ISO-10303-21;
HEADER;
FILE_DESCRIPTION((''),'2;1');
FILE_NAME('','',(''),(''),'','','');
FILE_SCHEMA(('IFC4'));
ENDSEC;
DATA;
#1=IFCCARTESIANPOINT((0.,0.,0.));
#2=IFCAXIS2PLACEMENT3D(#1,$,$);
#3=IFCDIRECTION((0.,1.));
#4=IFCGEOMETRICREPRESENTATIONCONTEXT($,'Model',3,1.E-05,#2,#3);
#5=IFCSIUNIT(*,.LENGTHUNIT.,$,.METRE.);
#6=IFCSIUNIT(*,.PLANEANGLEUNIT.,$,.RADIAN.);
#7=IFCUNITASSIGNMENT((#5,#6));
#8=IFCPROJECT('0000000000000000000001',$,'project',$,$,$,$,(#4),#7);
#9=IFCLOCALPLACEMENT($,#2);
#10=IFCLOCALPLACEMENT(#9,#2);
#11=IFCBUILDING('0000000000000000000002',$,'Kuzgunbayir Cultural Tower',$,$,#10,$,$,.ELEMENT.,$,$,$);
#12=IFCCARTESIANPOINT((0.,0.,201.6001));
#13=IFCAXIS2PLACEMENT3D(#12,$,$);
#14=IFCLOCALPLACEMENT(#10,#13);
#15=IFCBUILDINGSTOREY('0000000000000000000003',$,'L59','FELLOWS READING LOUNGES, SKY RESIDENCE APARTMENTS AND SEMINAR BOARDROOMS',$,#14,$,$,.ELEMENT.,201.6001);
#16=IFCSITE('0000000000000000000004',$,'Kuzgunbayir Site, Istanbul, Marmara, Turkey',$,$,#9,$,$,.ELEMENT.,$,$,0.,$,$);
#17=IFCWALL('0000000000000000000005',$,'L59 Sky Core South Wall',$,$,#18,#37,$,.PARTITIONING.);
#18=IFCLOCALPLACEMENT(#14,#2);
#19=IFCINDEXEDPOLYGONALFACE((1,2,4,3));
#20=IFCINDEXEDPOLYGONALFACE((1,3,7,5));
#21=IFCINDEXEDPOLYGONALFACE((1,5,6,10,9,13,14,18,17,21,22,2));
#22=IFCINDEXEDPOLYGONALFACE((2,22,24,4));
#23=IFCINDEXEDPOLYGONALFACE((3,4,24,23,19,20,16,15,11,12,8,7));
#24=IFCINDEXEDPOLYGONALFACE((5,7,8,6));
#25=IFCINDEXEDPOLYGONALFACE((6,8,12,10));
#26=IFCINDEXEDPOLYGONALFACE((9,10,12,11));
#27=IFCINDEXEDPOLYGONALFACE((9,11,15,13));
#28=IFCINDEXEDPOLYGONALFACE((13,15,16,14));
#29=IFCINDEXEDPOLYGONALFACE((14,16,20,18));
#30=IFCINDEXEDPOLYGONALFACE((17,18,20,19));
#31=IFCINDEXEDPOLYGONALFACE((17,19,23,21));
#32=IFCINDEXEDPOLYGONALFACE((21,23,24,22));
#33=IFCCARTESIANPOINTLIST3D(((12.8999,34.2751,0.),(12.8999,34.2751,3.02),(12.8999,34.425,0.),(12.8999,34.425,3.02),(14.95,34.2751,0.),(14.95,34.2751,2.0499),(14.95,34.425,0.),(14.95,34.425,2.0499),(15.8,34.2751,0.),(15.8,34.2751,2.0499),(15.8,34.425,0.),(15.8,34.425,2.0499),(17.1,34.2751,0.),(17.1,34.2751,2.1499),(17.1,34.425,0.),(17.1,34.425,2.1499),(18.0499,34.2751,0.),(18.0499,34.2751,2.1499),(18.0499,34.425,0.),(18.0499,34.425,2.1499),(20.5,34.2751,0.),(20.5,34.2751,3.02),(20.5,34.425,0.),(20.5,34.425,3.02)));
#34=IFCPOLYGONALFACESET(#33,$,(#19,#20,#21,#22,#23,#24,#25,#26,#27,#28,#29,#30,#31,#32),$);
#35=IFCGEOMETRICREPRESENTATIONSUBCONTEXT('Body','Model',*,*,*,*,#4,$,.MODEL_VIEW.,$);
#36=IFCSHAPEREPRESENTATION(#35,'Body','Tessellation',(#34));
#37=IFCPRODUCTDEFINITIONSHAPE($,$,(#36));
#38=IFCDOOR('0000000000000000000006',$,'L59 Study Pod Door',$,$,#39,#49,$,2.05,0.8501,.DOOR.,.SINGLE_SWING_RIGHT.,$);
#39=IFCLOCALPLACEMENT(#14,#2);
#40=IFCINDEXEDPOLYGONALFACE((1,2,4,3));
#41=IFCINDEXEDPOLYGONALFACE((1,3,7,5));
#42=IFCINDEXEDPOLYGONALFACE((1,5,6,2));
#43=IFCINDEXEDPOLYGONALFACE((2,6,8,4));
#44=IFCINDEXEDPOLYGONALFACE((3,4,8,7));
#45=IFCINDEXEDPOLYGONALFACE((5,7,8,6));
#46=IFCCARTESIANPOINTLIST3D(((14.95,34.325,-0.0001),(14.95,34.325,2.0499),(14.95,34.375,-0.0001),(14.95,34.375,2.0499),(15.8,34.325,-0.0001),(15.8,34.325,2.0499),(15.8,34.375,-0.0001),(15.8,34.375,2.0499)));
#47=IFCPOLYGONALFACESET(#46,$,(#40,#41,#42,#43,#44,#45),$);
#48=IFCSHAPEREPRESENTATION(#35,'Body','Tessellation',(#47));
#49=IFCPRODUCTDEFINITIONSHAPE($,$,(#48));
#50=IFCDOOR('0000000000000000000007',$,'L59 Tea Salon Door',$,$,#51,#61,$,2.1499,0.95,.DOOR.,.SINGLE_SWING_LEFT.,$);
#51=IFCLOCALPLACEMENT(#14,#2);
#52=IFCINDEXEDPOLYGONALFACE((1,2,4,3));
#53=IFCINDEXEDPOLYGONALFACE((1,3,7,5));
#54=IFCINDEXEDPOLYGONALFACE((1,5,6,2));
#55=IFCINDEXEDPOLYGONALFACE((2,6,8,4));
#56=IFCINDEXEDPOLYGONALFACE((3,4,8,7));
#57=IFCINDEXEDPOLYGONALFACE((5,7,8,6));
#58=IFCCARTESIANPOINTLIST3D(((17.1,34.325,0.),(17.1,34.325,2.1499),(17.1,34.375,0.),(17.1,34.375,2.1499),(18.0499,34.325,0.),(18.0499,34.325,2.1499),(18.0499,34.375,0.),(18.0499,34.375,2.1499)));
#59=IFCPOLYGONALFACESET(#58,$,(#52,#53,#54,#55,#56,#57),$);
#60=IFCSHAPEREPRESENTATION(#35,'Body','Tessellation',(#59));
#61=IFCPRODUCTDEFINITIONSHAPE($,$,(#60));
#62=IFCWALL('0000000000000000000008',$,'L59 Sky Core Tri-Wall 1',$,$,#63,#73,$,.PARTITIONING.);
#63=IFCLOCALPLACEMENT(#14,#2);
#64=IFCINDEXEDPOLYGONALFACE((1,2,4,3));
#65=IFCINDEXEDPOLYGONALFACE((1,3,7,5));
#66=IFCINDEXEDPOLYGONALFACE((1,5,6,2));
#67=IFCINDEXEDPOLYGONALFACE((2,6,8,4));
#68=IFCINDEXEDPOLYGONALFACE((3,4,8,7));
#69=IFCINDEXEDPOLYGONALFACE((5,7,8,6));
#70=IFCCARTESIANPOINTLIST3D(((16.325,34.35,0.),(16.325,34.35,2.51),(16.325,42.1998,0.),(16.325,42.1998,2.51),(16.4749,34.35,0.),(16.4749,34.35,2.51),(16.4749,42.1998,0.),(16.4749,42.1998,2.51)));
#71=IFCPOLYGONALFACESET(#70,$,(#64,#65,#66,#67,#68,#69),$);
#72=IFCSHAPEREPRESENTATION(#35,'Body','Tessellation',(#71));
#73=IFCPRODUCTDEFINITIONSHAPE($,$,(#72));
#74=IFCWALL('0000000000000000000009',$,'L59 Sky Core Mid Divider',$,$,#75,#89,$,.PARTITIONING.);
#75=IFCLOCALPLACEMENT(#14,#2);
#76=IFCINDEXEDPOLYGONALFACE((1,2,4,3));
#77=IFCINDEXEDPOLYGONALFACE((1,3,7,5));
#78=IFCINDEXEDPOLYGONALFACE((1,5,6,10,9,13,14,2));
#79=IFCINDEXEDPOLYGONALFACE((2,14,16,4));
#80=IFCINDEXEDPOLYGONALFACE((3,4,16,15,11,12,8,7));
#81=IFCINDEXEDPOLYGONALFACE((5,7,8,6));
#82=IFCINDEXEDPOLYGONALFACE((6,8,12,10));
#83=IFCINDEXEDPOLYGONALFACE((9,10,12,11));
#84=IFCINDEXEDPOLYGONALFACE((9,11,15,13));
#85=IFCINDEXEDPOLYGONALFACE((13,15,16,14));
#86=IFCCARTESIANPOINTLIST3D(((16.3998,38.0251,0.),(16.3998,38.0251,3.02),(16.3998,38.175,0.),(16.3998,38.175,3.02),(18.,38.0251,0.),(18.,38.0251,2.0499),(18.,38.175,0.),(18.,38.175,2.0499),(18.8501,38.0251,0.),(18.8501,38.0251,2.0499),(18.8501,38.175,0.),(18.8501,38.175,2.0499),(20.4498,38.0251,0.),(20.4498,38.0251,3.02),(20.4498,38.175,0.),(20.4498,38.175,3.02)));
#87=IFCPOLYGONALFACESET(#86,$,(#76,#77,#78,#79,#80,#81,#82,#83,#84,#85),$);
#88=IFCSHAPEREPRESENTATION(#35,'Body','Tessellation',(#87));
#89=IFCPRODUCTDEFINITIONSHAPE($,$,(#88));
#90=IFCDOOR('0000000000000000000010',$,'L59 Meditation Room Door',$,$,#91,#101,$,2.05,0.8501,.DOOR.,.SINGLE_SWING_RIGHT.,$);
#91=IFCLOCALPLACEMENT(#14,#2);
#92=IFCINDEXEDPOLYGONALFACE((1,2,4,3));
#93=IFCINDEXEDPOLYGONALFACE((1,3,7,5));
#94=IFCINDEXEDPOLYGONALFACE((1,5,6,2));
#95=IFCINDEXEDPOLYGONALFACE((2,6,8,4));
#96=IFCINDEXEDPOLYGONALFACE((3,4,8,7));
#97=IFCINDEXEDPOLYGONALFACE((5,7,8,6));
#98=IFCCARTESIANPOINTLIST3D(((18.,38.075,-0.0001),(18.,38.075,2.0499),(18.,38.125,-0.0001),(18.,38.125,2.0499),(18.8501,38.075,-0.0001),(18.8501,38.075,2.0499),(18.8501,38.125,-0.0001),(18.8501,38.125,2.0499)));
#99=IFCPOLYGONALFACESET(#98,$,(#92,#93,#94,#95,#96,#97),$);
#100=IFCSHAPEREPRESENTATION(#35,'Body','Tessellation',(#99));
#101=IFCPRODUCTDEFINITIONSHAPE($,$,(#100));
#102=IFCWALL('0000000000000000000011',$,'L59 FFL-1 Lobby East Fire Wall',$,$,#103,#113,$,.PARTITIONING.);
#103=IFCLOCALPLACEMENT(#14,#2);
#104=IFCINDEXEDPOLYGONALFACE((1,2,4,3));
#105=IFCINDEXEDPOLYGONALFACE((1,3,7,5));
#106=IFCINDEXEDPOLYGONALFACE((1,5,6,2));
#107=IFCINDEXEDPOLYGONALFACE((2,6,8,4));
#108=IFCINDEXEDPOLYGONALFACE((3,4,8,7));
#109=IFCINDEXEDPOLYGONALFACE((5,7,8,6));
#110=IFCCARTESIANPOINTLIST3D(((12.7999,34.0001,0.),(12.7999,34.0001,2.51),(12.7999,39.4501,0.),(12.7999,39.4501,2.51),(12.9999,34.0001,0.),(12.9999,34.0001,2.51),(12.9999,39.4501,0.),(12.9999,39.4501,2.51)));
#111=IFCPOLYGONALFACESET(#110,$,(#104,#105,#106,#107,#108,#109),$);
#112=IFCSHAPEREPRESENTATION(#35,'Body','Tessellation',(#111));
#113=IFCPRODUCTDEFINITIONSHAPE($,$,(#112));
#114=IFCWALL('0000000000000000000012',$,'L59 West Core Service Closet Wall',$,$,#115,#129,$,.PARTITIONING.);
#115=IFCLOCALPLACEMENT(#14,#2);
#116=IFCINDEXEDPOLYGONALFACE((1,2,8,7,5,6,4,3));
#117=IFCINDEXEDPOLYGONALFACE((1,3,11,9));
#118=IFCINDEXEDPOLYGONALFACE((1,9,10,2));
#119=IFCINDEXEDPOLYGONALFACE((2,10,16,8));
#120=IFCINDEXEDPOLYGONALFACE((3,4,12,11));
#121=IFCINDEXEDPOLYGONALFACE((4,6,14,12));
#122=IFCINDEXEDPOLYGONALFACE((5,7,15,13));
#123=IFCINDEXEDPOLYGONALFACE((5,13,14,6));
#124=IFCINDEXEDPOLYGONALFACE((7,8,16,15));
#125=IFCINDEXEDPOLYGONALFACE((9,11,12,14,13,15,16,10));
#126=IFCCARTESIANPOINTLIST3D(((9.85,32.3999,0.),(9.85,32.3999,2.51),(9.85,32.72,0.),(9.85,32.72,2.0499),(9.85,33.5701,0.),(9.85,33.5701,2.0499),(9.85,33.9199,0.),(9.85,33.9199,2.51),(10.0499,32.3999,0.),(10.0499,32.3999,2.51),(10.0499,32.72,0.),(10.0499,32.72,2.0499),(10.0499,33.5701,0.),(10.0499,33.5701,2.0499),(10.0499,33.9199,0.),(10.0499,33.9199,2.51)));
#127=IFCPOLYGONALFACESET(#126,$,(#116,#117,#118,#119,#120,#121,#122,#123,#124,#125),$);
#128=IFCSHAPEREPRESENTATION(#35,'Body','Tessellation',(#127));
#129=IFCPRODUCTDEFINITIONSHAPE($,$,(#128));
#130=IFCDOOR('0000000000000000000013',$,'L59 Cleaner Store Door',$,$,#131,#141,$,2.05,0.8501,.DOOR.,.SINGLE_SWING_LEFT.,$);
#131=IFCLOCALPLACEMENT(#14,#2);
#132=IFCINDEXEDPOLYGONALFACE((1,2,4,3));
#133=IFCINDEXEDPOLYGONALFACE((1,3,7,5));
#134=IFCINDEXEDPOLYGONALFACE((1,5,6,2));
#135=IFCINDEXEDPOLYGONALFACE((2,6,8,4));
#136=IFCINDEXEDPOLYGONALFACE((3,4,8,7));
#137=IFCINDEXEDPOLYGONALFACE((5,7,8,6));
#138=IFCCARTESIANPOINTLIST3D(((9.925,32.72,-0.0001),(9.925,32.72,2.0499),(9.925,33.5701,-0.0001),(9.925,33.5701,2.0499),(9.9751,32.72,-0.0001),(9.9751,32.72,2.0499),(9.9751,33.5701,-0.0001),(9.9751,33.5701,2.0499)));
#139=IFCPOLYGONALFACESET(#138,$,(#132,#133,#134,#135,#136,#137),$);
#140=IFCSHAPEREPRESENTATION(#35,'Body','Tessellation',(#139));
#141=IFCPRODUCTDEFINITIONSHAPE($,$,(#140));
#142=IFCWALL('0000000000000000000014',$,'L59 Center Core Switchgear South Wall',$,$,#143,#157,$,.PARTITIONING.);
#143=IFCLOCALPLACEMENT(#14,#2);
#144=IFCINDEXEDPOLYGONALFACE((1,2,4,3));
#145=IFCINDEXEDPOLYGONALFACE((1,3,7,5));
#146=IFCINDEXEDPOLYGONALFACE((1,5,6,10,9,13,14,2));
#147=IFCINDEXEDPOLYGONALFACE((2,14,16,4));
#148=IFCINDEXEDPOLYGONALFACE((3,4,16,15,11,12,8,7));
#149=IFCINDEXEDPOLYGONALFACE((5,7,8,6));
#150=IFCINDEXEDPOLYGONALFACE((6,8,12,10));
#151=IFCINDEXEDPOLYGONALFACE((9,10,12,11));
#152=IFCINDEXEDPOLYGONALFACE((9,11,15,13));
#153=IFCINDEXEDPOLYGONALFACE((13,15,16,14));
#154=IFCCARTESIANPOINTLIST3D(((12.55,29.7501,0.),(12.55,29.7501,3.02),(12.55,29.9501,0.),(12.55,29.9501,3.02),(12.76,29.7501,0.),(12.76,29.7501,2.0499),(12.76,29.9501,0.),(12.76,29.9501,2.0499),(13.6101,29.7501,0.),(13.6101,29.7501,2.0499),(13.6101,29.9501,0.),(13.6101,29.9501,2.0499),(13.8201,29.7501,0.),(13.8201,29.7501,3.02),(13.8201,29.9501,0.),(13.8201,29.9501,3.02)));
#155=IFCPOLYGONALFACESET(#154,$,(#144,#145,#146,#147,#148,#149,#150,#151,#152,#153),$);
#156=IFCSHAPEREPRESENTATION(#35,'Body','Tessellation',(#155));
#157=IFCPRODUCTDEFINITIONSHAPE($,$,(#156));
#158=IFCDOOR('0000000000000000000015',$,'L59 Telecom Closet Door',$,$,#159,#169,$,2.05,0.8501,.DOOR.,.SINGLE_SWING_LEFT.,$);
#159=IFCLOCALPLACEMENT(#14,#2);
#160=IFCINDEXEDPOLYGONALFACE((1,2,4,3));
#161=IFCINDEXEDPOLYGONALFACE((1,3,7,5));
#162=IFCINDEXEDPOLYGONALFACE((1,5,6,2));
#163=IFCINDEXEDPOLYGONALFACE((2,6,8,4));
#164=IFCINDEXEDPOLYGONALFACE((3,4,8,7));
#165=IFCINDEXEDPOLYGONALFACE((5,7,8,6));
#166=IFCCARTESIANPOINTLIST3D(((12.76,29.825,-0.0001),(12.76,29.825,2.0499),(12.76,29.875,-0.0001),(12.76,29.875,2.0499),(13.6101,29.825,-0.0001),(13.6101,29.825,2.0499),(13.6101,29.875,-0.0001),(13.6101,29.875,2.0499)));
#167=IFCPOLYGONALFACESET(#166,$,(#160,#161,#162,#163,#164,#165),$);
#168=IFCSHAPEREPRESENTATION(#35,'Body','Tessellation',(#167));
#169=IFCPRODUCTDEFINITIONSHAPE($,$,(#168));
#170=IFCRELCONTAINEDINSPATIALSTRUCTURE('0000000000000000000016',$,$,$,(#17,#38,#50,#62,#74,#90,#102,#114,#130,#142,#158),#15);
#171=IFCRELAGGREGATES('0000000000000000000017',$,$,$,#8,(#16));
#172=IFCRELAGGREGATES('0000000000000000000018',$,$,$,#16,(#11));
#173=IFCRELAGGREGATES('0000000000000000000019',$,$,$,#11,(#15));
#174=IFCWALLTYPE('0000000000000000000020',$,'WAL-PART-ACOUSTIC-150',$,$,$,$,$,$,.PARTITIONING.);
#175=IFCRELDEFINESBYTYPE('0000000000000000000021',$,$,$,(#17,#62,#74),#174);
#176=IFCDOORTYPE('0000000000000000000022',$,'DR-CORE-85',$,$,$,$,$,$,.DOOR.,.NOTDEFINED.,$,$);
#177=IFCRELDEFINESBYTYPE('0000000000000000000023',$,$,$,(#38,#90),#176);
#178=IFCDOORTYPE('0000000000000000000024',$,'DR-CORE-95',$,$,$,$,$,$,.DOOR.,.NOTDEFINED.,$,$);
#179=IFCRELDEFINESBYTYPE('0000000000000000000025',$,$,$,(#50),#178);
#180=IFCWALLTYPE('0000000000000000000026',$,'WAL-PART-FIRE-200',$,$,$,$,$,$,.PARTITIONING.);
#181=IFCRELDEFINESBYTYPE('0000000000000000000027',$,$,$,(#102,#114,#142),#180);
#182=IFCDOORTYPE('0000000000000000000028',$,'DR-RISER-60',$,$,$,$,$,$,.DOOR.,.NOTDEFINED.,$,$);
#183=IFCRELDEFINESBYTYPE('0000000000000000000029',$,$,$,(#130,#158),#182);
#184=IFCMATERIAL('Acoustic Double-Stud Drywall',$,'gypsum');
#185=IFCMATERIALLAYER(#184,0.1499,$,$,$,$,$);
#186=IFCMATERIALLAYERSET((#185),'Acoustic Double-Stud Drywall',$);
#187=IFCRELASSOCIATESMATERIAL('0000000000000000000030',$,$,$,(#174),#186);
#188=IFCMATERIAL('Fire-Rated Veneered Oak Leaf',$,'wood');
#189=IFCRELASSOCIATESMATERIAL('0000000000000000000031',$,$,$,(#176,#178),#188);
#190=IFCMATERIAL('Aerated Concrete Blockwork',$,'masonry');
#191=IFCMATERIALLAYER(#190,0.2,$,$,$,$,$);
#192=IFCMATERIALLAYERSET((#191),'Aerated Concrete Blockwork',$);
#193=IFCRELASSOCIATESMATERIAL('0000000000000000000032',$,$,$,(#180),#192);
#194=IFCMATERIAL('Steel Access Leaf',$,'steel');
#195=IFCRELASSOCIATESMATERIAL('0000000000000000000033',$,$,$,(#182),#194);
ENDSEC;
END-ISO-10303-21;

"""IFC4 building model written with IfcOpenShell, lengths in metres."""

from ifc_helpers import new_model, si_unit, direction, frame, frame_2d, origin, place, context, subcontext, project, spatial, rectangle, extrude, material, layer, layer_set, type_object, element, fill, save


model = new_model("IFC4")

# Units and contexts
model_context = context("Model", 3, precision=1e-05, world=origin(), true_north=direction((0.0, 1.0)))
body_context = subcontext(model_context, "Body", "Model", "MODEL_VIEW")
ifc_project = project(units=[si_unit("LENGTHUNIT", "METRE"), si_unit("PLANEANGLEUNIT", "RADIAN")], contexts=[model_context])

# Site, building, storey
site_placement = place(None, origin())
site = spatial("IfcSite", under=ifc_project, at=site_placement, Name="Kuzgunbayir Site, Istanbul, Marmara, Turkey", CompositionType="ELEMENT", RefElevation=0.0)
building_placement = place(site_placement, origin())
building = spatial("IfcBuilding", under=site, at=building_placement, Name="Kuzgunbayir Cultural Tower", CompositionType="ELEMENT")
storey_placement = place(building_placement, frame((0.0, 0.0, 201.6001)))
storey = spatial("IfcBuildingStorey", under=building, at=storey_placement, Name="L59", Description="FELLOWS READING LOUNGES, SKY RESIDENCE APARTMENTS AND SEMINAR BOARDROOMS", CompositionType="ELEMENT", Elevation=201.6001)

# Wall, openings, doors
ifc_material_1 = material(Name="Acoustic Double-Stud Drywall", Category="gypsum")
ifc_layer_1 = layer(ifc_material_1, 0.1499)
ifc_layer_set_1 = layer_set([ifc_layer_1], Name="Acoustic Double-Stud Drywall")
wall_type_1 = type_object("IfcWallType", Name="WAL-PART-ACOUSTIC-150", PredefinedType="PARTITIONING", material=ifc_layer_set_1)
wall_1_placement = place(storey_placement, frame((12.8999, 34.3501, 0.0), z_axis=(0.0, 0.0, 1.0), x_axis=(1.0, 0.0, 0.0)))
wall_1 = element("IfcWall", 1, at=wall_1_placement, inside=storey, type_object=wall_type_1, Name="L59 Sky Core South Wall", PredefinedType="PARTITIONING", context=body_context, shape_type="SweptSolid", body=[
    extrude(rectangle(XDim=7.6001, YDim=0.1499, at=frame_2d((3.8, 0.0))), origin(), (0.0, 0.0, 1.0), 3.02),
])
opening_1_placement = place(wall_1_placement, frame((2.05, 0.0, 0.0)))
opening_1 = element("IfcOpeningElement", 2, at=opening_1_placement, cuts=wall_1, PredefinedType="OPENING", context=body_context, shape_type="SweptSolid", body=[
    extrude(rectangle(XDim=0.8501, YDim=2.05, at=frame_2d((0.425, 1.0249))), frame((0.0, 0.085, 0.0), z_axis=(0.0, -1.0, 0.0), x_axis=(1.0, 0.0, 0.0)), (0.0, 0.0, 1.0), 0.1699),
])
opening_2_placement = place(wall_1_placement, frame((4.2, 0.0, 0.0)))
opening_2 = element("IfcOpeningElement", 3, at=opening_2_placement, cuts=wall_1, PredefinedType="OPENING", context=body_context, shape_type="SweptSolid", body=[
    extrude(rectangle(XDim=0.95, YDim=2.1499, at=frame_2d((0.4751, 1.075))), frame((0.0, 0.085, 0.0), z_axis=(0.0, -1.0, 0.0), x_axis=(1.0, 0.0, 0.0)), (0.0, 0.0, 1.0), 0.1699),
])
ifc_material_2 = material(Name="Fire-Rated Veneered Oak Leaf", Category="wood")
door_type_1 = type_object("IfcDoorType", Name="DR-CORE-85", OperationType="NOTDEFINED", PredefinedType="DOOR", material=ifc_material_2)
door_1_placement = place(opening_1_placement, origin())
door_1 = element("IfcDoor", 4, at=door_1_placement, inside=storey, type_object=door_type_1, Name="L59 Study Pod Door", OperationType="SINGLE_SWING_RIGHT", OverallHeight=2.05, OverallWidth=0.8501, PredefinedType="DOOR", context=body_context, shape_type="SweptSolid", body=[
    extrude(rectangle(XDim=0.8501, YDim=2.05, at=frame_2d((0.425, 1.0249))), frame((0.0, 0.0249, 0.0), z_axis=(0.0, -1.0, 0.0), x_axis=(1.0, 0.0, 0.0)), (0.0, 0.0, 1.0), 0.05),
])
fill(opening_1, door_1)
door_type_2 = type_object("IfcDoorType", Name="DR-CORE-95", OperationType="NOTDEFINED", PredefinedType="DOOR", material=ifc_material_2)
door_2_placement = place(opening_2_placement, origin())
door_2 = element("IfcDoor", 5, at=door_2_placement, inside=storey, type_object=door_type_2, Name="L59 Tea Salon Door", OperationType="SINGLE_SWING_LEFT", OverallHeight=2.1499, OverallWidth=0.95, PredefinedType="DOOR", context=body_context, shape_type="SweptSolid", body=[
    extrude(rectangle(XDim=0.95, YDim=2.1499, at=frame_2d((0.4751, 1.075))), frame((0.0, 0.0249, 0.0), z_axis=(0.0, -1.0, 0.0), x_axis=(1.0, 0.0, 0.0)), (0.0, 0.0, 1.0), 0.05),
])
fill(opening_2, door_2)

# Wall
wall_2_placement = place(storey_placement, frame((16.3999, 34.3501, 0.0), z_axis=(0.0, 0.0, 1.0), x_axis=(0.0, 1.0, 0.0)))
element("IfcWall", 6, at=wall_2_placement, inside=storey, type_object=wall_type_1, Name="L59 Sky Core Tri-Wall 1", PredefinedType="PARTITIONING", context=body_context, shape_type="SweptSolid", body=[
    extrude(rectangle(XDim=7.8499, YDim=0.1499, at=frame_2d((3.9248, 0.0))), origin(), (0.0, 0.0, 1.0), 2.51),
])

# Wall, opening, door
wall_3_placement = place(storey_placement, frame((16.3999, 38.1001, 0.0), z_axis=(0.0, 0.0, 1.0), x_axis=(1.0, 0.0, 0.0)))
wall_3 = element("IfcWall", 7, at=wall_3_placement, inside=storey, type_object=wall_type_1, Name="L59 Sky Core Mid Divider", PredefinedType="PARTITIONING", context=body_context, shape_type="SweptSolid", body=[
    extrude(rectangle(XDim=4.05, YDim=0.1499, at=frame_2d((2.0249, 0.0))), origin(), (0.0, 0.0, 1.0), 3.02),
])
opening_3_placement = place(wall_3_placement, frame((1.6001, 0.0, 0.0)))
opening_3 = element("IfcOpeningElement", 8, at=opening_3_placement, cuts=wall_3, PredefinedType="OPENING", context=body_context, shape_type="SweptSolid", body=[
    extrude(rectangle(XDim=0.8501, YDim=2.05, at=frame_2d((0.425, 1.0249))), frame((0.0, 0.085, 0.0), z_axis=(0.0, -1.0, 0.0), x_axis=(1.0, 0.0, 0.0)), (0.0, 0.0, 1.0), 0.1699),
])
door_3_placement = place(opening_3_placement, origin())
door_3 = element("IfcDoor", 9, at=door_3_placement, inside=storey, type_object=door_type_1, Name="L59 Meditation Room Door", OperationType="SINGLE_SWING_RIGHT", OverallHeight=2.05, OverallWidth=0.8501, PredefinedType="DOOR", context=body_context, shape_type="SweptSolid", body=[
    extrude(rectangle(XDim=0.8501, YDim=2.05, at=frame_2d((0.425, 1.0249))), frame((0.0, 0.0249, 0.0), z_axis=(0.0, -1.0, 0.0), x_axis=(1.0, 0.0, 0.0)), (0.0, 0.0, 1.0), 0.05),
])
fill(opening_3, door_3)

# Wall
ifc_material_3 = material(Name="Aerated Concrete Blockwork", Category="masonry")
ifc_layer_2 = layer(ifc_material_3, 0.2)
ifc_layer_set_2 = layer_set([ifc_layer_2], Name="Aerated Concrete Blockwork")
wall_type_2 = type_object("IfcWallType", Name="WAL-PART-FIRE-200", PredefinedType="PARTITIONING", material=ifc_layer_set_2)
wall_4_placement = place(storey_placement, frame((12.8999, 34.0, 0.0), z_axis=(0.0, 0.0, 1.0), x_axis=(0.0, 1.0, 0.0)))
element("IfcWall", 10, at=wall_4_placement, inside=storey, type_object=wall_type_2, Name="L59 FFL-1 Lobby East Fire Wall", PredefinedType="PARTITIONING", context=body_context, shape_type="SweptSolid", body=[
    extrude(rectangle(XDim=5.45, YDim=0.2, at=frame_2d((2.7251, 0.0))), origin(), (0.0, 0.0, 1.0), 2.51),
])

# Walls, openings, doors
wall_5_placement = place(storey_placement, frame((9.95, 32.3999, 0.0), z_axis=(0.0, 0.0, 1.0), x_axis=(0.0, 1.0, 0.0)))
wall_5 = element("IfcWall", 11, at=wall_5_placement, inside=storey, type_object=wall_type_2, Name="L59 West Core Service Closet Wall", PredefinedType="PARTITIONING", context=body_context, shape_type="SweptSolid", body=[
    extrude(rectangle(XDim=1.52, YDim=0.2, at=frame_2d((0.76, 0.0))), origin(), (0.0, 0.0, 1.0), 2.51),
])
opening_4_placement = place(wall_5_placement, frame((0.3201, 0.0, 0.0)))
opening_4 = element("IfcOpeningElement", 12, at=opening_4_placement, cuts=wall_5, PredefinedType="OPENING", context=body_context, shape_type="SweptSolid", body=[
    extrude(rectangle(XDim=0.8501, YDim=2.05, at=frame_2d((0.425, 1.0249))), frame((0.0, 0.1099, 0.0), z_axis=(0.0, -1.0, 0.0), x_axis=(1.0, 0.0, 0.0)), (0.0, 0.0, 1.0), 0.22),
])
ifc_material_4 = material(Name="Steel Access Leaf", Category="steel")
door_type_3 = type_object("IfcDoorType", Name="DR-RISER-60", OperationType="NOTDEFINED", PredefinedType="DOOR", material=ifc_material_4)
door_4_placement = place(opening_4_placement, origin())
door_4 = element("IfcDoor", 13, at=door_4_placement, inside=storey, type_object=door_type_3, Name="L59 Cleaner Store Door", OperationType="SINGLE_SWING_LEFT", OverallHeight=2.05, OverallWidth=0.8501, PredefinedType="DOOR", context=body_context, shape_type="SweptSolid", body=[
    extrude(rectangle(XDim=0.8501, YDim=2.05, at=frame_2d((0.425, 1.0249))), frame((0.0, 0.0249, 0.0), z_axis=(0.0, -1.0, 0.0), x_axis=(1.0, 0.0, 0.0)), (0.0, 0.0, 1.0), 0.05),
])
fill(opening_4, door_4)
wall_6_placement = place(storey_placement, frame((12.55, 29.8501, 0.0), z_axis=(0.0, 0.0, 1.0), x_axis=(1.0, 0.0, 0.0)))
wall_6 = element("IfcWall", 14, at=wall_6_placement, inside=storey, type_object=wall_type_2, Name="L59 Center Core Switchgear South Wall", PredefinedType="PARTITIONING", context=body_context, shape_type="SweptSolid", body=[
    extrude(rectangle(XDim=1.27, YDim=0.2, at=frame_2d((0.635, 0.0))), origin(), (0.0, 0.0, 1.0), 3.02),
])
opening_5_placement = place(wall_6_placement, frame((0.21, 0.0, 0.0)))
opening_5 = element("IfcOpeningElement", 15, at=opening_5_placement, cuts=wall_6, PredefinedType="OPENING", context=body_context, shape_type="SweptSolid", body=[
    extrude(rectangle(XDim=0.8501, YDim=2.05, at=frame_2d((0.425, 1.0249))), frame((0.0, 0.1099, 0.0), z_axis=(0.0, -1.0, 0.0), x_axis=(1.0, 0.0, 0.0)), (0.0, 0.0, 1.0), 0.22),
])
door_5_placement = place(opening_5_placement, origin())
door_5 = element("IfcDoor", 16, at=door_5_placement, inside=storey, type_object=door_type_3, Name="L59 Telecom Closet Door", OperationType="SINGLE_SWING_LEFT", OverallHeight=2.05, OverallWidth=0.8501, PredefinedType="DOOR", context=body_context, shape_type="SweptSolid", body=[
    extrude(rectangle(XDim=0.8501, YDim=2.05, at=frame_2d((0.425, 1.0249))), frame((0.0, 0.0249, 0.0), z_axis=(0.0, -1.0, 0.0), x_axis=(1.0, 0.0, 0.0)), (0.0, 0.0, 1.0), 0.05),
])
fill(opening_5, door_5)

save(model, "model.ifc")
